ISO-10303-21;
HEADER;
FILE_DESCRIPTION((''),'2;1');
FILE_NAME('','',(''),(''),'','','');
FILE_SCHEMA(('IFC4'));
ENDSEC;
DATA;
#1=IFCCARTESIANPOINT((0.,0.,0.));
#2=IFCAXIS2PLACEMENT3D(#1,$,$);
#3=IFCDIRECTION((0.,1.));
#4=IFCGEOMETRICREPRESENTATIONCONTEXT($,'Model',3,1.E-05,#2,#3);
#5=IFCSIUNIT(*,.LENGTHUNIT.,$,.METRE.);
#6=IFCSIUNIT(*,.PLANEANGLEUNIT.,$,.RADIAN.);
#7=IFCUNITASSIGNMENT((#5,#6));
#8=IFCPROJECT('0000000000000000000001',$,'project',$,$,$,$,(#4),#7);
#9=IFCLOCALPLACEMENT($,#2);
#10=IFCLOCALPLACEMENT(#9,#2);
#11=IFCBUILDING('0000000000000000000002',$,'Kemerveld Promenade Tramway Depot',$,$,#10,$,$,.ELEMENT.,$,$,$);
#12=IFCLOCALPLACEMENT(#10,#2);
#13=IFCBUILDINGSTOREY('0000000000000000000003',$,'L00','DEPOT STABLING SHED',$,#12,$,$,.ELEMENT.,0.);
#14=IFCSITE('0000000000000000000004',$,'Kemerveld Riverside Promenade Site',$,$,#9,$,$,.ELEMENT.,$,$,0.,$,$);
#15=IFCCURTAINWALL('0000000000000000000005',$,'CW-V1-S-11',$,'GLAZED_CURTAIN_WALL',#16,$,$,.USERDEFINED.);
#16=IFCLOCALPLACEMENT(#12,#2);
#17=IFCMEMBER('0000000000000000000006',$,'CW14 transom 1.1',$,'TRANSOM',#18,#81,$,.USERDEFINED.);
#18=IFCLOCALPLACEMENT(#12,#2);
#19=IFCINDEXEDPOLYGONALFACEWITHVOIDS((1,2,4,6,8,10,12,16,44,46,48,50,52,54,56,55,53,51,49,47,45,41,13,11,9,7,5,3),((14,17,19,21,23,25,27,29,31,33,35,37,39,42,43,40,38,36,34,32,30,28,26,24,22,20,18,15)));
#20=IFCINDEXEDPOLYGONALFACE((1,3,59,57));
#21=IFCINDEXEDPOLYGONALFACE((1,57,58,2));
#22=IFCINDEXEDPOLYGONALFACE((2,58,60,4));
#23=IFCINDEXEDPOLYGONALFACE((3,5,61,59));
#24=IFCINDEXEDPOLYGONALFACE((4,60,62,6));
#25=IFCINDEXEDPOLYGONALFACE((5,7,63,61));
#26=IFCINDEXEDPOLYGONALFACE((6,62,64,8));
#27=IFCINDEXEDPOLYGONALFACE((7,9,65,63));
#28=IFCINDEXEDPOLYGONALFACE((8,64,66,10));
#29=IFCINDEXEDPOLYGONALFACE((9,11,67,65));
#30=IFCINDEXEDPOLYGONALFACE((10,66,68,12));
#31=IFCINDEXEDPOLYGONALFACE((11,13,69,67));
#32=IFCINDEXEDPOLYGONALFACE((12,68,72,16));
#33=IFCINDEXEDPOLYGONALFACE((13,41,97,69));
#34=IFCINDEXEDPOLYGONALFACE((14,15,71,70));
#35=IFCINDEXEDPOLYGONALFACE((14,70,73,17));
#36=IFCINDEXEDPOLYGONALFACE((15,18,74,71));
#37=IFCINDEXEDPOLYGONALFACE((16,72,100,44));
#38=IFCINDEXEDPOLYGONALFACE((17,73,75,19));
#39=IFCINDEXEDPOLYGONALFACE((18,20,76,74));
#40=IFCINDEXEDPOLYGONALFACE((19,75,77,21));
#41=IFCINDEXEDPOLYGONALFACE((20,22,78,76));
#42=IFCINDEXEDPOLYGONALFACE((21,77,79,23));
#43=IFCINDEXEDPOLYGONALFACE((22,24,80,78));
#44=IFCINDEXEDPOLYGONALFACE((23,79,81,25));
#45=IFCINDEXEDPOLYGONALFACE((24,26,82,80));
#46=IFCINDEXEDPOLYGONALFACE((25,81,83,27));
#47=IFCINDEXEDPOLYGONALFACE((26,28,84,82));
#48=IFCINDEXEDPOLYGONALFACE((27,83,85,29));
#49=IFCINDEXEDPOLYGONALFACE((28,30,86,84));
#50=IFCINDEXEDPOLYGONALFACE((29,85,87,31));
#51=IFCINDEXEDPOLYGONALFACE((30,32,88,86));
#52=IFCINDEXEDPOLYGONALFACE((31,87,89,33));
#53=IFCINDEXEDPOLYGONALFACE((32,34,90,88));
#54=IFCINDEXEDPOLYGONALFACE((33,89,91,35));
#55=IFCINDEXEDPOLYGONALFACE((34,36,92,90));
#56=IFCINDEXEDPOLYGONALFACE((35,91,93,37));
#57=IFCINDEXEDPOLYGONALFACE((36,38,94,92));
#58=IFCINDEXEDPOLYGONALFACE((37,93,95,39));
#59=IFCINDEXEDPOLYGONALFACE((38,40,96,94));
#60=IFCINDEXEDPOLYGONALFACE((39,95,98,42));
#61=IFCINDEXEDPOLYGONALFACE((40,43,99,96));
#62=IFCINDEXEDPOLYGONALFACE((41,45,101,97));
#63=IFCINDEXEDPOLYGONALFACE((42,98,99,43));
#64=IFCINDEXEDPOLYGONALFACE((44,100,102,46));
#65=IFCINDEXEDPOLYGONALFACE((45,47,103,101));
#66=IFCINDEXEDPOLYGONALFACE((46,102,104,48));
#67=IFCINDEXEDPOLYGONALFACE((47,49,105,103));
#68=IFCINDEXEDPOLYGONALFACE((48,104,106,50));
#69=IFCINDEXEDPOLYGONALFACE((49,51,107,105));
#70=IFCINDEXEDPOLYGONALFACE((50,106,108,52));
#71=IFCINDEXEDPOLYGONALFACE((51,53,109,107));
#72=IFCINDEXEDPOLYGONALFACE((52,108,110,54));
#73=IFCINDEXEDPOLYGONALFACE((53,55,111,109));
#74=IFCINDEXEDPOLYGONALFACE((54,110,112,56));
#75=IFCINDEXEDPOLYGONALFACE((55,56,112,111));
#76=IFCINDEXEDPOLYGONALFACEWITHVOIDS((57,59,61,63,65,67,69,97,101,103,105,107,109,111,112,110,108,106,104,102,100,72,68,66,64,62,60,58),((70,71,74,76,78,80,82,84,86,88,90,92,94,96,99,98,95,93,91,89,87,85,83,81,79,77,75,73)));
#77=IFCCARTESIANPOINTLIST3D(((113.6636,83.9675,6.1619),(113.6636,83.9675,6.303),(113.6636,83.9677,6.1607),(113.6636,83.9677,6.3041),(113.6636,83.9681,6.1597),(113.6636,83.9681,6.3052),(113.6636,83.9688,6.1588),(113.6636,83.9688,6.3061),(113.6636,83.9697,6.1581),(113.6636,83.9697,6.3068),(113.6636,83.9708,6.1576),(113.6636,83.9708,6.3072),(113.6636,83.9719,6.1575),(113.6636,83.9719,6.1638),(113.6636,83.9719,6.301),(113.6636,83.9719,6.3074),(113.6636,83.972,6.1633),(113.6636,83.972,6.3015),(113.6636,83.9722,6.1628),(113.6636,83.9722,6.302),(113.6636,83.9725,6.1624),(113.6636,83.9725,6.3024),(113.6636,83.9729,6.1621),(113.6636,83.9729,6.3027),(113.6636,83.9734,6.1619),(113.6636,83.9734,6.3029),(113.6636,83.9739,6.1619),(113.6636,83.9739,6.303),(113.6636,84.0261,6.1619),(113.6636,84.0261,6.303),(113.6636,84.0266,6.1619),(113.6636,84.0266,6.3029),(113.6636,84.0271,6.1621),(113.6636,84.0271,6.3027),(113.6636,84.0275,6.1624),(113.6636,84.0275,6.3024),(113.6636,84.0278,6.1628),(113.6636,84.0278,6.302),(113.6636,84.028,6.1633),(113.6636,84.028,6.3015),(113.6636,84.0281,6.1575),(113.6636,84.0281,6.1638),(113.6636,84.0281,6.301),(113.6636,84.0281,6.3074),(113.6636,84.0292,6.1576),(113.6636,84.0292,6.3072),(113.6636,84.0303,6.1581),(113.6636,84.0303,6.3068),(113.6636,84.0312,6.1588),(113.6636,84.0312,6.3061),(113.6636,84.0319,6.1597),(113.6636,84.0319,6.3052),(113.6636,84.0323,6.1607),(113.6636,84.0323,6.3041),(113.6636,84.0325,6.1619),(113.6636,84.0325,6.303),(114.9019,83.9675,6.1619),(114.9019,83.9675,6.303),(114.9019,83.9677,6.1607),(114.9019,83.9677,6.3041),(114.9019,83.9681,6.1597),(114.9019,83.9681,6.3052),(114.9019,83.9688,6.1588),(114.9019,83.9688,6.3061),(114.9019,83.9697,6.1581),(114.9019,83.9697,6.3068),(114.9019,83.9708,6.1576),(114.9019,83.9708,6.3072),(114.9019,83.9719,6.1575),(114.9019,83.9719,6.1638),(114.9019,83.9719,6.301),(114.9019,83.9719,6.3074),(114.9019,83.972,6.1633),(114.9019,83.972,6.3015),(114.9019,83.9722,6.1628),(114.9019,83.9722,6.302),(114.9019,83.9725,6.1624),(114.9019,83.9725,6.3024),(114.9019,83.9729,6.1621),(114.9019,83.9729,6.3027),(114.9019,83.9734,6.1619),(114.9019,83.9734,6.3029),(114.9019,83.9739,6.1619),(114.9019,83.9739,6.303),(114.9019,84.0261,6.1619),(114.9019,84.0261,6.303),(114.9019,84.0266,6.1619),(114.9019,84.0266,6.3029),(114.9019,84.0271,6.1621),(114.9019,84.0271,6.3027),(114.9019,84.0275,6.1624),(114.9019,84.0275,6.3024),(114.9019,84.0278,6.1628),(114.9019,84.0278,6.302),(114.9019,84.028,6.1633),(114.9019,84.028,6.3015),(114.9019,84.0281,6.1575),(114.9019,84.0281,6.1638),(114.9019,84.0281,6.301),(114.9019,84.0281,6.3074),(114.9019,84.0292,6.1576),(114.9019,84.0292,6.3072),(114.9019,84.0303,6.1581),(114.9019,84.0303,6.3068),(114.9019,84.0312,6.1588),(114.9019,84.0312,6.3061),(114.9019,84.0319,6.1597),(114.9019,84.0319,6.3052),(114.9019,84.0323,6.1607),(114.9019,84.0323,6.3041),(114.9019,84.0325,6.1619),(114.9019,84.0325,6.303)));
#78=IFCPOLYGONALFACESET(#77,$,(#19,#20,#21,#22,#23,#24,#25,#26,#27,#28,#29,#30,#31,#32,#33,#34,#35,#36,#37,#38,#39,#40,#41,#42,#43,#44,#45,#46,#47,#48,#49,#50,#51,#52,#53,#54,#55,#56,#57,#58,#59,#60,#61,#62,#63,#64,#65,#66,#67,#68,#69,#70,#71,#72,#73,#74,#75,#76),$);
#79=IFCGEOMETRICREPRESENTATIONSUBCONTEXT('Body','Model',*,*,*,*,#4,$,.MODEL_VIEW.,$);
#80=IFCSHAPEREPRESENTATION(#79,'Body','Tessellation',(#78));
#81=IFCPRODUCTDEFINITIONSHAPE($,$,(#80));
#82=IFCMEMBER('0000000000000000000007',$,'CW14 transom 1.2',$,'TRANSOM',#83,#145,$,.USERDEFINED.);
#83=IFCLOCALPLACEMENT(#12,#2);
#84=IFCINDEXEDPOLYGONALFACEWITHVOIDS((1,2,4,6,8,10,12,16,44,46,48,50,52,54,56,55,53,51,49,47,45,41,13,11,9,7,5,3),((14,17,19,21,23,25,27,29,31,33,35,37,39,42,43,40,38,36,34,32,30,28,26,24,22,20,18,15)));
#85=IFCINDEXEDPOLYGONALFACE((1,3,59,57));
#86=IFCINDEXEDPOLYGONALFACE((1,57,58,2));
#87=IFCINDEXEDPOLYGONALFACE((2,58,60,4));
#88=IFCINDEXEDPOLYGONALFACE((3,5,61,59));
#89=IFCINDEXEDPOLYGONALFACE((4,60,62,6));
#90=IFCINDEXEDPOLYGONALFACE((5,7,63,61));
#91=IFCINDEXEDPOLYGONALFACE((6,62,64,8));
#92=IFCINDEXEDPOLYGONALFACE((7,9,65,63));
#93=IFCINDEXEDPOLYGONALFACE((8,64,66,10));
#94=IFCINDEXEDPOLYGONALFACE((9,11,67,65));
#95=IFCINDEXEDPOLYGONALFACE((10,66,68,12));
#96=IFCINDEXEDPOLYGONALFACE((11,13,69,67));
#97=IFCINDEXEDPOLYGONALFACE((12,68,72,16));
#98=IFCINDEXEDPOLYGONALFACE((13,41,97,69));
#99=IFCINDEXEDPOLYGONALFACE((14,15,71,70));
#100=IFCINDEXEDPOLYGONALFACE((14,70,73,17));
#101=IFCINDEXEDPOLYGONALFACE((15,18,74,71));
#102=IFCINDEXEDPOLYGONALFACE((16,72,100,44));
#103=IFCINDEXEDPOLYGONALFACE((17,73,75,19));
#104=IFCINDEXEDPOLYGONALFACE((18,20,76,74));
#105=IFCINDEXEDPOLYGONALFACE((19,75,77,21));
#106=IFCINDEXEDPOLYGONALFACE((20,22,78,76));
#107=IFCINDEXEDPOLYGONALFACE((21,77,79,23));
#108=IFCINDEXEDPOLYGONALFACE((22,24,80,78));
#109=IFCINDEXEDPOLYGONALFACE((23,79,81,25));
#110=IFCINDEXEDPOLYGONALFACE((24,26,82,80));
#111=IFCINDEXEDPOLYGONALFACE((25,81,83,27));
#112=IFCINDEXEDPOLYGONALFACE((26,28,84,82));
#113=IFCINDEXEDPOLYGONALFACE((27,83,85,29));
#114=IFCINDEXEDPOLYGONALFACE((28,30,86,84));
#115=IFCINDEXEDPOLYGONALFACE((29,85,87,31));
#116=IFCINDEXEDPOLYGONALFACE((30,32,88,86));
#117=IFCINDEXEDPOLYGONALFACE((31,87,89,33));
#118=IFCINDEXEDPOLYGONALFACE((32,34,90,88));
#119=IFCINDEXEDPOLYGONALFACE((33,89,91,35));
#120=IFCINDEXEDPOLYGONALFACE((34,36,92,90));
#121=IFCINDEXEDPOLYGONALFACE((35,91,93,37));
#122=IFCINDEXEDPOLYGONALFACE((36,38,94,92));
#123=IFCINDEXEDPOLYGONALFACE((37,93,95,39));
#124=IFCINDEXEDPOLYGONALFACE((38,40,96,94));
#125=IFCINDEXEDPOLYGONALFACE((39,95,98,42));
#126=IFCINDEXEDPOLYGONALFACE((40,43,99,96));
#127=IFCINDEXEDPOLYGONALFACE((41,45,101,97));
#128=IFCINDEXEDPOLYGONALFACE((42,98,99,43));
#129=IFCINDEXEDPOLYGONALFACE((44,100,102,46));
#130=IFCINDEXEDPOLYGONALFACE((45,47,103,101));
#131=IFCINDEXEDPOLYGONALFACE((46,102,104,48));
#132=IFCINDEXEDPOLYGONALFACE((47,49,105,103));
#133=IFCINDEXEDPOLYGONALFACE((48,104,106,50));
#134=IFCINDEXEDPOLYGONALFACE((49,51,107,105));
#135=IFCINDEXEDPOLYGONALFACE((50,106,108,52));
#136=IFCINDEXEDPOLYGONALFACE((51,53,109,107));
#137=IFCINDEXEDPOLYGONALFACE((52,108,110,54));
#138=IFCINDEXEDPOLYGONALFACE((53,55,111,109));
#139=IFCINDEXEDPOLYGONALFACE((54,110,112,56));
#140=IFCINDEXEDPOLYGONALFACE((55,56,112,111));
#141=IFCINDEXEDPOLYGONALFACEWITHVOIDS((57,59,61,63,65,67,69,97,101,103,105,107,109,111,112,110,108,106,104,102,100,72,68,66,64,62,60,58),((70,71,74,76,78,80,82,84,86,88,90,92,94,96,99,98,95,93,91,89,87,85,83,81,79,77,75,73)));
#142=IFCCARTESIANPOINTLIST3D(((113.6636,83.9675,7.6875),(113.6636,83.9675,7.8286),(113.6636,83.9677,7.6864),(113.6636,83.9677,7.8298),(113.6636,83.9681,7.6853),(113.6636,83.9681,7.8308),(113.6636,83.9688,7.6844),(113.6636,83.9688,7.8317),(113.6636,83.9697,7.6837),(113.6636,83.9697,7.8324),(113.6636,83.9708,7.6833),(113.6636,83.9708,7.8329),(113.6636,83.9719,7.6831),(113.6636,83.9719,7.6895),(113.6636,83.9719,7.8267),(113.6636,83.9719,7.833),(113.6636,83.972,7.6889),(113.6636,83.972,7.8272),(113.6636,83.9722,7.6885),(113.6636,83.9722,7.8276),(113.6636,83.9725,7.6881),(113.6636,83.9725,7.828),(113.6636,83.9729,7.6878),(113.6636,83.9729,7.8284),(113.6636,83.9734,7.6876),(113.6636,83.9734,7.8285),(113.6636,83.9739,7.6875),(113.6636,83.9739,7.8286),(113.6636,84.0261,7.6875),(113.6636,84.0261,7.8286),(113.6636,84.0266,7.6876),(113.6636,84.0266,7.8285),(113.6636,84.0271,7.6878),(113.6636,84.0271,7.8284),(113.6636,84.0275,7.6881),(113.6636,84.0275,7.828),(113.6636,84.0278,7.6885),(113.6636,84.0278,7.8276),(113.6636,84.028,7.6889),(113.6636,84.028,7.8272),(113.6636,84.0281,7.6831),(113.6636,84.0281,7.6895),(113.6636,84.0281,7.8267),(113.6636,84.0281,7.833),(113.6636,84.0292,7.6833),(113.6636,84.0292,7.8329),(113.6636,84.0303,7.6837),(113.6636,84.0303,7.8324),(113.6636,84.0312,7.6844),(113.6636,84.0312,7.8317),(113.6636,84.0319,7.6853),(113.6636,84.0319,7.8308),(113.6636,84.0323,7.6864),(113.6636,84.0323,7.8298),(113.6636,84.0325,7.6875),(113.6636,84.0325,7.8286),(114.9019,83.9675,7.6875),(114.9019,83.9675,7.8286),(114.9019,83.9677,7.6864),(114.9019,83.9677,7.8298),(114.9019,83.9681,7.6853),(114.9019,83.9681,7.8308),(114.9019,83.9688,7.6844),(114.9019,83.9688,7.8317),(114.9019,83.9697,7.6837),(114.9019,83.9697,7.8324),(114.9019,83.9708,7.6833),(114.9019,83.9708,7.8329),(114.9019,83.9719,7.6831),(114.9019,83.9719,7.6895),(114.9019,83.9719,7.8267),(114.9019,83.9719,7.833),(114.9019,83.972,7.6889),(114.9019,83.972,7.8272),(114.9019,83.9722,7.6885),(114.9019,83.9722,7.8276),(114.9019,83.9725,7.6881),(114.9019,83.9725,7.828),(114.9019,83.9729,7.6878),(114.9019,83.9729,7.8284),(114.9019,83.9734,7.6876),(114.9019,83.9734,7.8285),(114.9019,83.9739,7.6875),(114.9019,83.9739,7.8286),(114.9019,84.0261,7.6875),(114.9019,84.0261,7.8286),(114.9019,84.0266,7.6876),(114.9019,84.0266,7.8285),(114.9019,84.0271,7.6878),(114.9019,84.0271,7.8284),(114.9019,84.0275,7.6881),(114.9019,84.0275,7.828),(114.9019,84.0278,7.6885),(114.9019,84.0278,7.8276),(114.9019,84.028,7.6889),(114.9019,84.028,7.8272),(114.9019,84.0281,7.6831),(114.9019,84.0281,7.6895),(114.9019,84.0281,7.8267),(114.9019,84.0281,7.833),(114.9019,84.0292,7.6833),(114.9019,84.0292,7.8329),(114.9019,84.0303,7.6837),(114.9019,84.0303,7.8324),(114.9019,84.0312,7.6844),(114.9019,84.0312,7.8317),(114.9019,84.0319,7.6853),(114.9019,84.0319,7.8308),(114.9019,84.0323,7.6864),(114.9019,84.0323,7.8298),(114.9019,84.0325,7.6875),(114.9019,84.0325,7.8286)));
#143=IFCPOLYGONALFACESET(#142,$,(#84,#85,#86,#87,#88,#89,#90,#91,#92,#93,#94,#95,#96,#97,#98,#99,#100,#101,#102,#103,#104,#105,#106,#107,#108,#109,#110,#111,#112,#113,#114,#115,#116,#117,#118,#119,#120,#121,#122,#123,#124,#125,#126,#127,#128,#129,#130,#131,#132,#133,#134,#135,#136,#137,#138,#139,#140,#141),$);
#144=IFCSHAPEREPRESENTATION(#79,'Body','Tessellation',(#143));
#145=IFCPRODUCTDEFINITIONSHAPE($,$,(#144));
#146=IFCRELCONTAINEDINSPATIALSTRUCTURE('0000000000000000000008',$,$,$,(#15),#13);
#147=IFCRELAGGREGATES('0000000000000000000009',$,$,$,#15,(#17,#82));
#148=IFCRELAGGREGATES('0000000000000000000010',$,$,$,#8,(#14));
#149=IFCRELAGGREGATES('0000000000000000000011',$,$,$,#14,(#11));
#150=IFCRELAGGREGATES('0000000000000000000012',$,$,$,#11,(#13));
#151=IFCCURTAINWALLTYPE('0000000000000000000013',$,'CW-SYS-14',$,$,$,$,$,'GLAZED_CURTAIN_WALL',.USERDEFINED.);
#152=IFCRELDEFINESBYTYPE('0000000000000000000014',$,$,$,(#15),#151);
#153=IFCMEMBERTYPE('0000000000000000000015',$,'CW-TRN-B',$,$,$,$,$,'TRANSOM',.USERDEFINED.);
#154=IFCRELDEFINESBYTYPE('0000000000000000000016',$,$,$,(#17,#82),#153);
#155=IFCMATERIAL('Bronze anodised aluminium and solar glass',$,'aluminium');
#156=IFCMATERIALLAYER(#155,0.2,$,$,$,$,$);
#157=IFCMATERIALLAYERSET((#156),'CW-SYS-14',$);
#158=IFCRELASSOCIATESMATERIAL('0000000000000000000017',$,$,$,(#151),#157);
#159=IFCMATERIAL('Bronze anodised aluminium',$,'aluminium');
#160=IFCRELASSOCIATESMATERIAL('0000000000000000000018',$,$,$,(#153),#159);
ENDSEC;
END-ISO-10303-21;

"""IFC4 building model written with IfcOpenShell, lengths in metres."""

from ifc_helpers import new_model, si_unit, direction, frame, origin, origin_2d, place, context, subcontext, project, spatial, hollow_rectangle, extrude, material, layer, layer_set, material_profile, profile_set, type_object, element, aggregate, save


model = new_model("IFC4")

# Units and contexts
model_context = context("Model", 3, precision=1e-05, world=origin(), true_north=direction((0.0, 1.0)))
body_context = subcontext(model_context, "Body", "Model", "MODEL_VIEW")
ifc_project = project(units=[si_unit("LENGTHUNIT", "METRE"), si_unit("PLANEANGLEUNIT", "RADIAN")], contexts=[model_context])

# Site, building, storey
site_placement = place(None, origin())
site = spatial("IfcSite", under=ifc_project, at=site_placement, Name="Kemerveld Riverside Promenade Site", CompositionType="ELEMENT", RefElevation=0.0)
building_placement = place(site_placement, origin())
building = spatial("IfcBuilding", under=site, at=building_placement, Name="Kemerveld Promenade Tramway Depot", CompositionType="ELEMENT")
storey_placement = place(building_placement, origin())
storey = spatial("IfcBuildingStorey", under=building, at=storey_placement, Name="L00", Description="DEPOT STABLING SHED", CompositionType="ELEMENT", Elevation=0.0)

# Curtain wall
ifc_material_1 = material(Name="Bronze anodised aluminium and solar glass", Category="aluminium")
ifc_material_2 = material(Name="Bronze anodised aluminium", Category="aluminium")
ifc_layer_1 = layer(ifc_material_1, 0.2)
ifc_layer_set_1 = layer_set([ifc_layer_1], Name="CW-SYS-14")
curtain_wall_type_1 = type_object("IfcCurtainWallType", Name="CW-SYS-14", ElementType="GLAZED_CURTAIN_WALL", PredefinedType="USERDEFINED", material=ifc_layer_set_1)
curtain_wall_1_placement = place(storey_placement, origin())
curtain_wall_1 = element("IfcCurtainWall", 1, at=curtain_wall_1_placement, inside=storey, type_object=curtain_wall_type_1, Name="CW-V1-S-11", ObjectType="GLAZED_CURTAIN_WALL", PredefinedType="USERDEFINED")

# Members
ifc_material_profile_1 = material_profile(ifc_material_2, hollow_rectangle(XDim=0.0649, YDim=0.1499, WallThickness=0.0044, InnerFilletRadius=0.002, OuterFilletRadius=0.0044, at=origin_2d()), Name="CW-TRN-150x65")
ifc_profile_set_1 = profile_set([ifc_material_profile_1], Name="Bronze anodised aluminium")
member_type_1 = type_object("IfcMemberType", Name="CW-TRN-B", ElementType="TRANSOM", PredefinedType="USERDEFINED", material=ifc_profile_set_1)
member_1_placement = place(storey_placement, frame((114.9019, 84.0, 6.2324), z_axis=(-1.0, 0.0, 0.0), x_axis=(0.0, -1.0, 0.0)))
member_1 = element("IfcMember", 2, at=member_1_placement, type_object=member_type_1, Name="CW14 transom 1.1", ObjectType="TRANSOM", PredefinedType="USERDEFINED", context=body_context, shape_type="SweptSolid", body=[
    extrude(hollow_rectangle(XDim=0.0649, YDim=0.1499, WallThickness=0.0044, InnerFilletRadius=0.002, OuterFilletRadius=0.0044, at=origin_2d()), origin(), (0.0, 0.0, 1.0), 1.2383),
])
member_2_placement = place(storey_placement, frame((114.9019, 84.0, 7.7581), z_axis=(-1.0, 0.0, 0.0), x_axis=(0.0, -1.0, 0.0)))
member_2 = element("IfcMember", 3, at=member_2_placement, type_object=member_type_1, Name="CW14 transom 1.2", ObjectType="TRANSOM", PredefinedType="USERDEFINED", context=body_context, shape_type="SweptSolid", body=[
    extrude(hollow_rectangle(XDim=0.0649, YDim=0.1499, WallThickness=0.0044, InnerFilletRadius=0.002, OuterFilletRadius=0.0044, at=origin_2d()), origin(), (0.0, 0.0, 1.0), 1.2383),
])

aggregate(curtain_wall_1, [member_1, member_2])

save(model, "model.ifc")
